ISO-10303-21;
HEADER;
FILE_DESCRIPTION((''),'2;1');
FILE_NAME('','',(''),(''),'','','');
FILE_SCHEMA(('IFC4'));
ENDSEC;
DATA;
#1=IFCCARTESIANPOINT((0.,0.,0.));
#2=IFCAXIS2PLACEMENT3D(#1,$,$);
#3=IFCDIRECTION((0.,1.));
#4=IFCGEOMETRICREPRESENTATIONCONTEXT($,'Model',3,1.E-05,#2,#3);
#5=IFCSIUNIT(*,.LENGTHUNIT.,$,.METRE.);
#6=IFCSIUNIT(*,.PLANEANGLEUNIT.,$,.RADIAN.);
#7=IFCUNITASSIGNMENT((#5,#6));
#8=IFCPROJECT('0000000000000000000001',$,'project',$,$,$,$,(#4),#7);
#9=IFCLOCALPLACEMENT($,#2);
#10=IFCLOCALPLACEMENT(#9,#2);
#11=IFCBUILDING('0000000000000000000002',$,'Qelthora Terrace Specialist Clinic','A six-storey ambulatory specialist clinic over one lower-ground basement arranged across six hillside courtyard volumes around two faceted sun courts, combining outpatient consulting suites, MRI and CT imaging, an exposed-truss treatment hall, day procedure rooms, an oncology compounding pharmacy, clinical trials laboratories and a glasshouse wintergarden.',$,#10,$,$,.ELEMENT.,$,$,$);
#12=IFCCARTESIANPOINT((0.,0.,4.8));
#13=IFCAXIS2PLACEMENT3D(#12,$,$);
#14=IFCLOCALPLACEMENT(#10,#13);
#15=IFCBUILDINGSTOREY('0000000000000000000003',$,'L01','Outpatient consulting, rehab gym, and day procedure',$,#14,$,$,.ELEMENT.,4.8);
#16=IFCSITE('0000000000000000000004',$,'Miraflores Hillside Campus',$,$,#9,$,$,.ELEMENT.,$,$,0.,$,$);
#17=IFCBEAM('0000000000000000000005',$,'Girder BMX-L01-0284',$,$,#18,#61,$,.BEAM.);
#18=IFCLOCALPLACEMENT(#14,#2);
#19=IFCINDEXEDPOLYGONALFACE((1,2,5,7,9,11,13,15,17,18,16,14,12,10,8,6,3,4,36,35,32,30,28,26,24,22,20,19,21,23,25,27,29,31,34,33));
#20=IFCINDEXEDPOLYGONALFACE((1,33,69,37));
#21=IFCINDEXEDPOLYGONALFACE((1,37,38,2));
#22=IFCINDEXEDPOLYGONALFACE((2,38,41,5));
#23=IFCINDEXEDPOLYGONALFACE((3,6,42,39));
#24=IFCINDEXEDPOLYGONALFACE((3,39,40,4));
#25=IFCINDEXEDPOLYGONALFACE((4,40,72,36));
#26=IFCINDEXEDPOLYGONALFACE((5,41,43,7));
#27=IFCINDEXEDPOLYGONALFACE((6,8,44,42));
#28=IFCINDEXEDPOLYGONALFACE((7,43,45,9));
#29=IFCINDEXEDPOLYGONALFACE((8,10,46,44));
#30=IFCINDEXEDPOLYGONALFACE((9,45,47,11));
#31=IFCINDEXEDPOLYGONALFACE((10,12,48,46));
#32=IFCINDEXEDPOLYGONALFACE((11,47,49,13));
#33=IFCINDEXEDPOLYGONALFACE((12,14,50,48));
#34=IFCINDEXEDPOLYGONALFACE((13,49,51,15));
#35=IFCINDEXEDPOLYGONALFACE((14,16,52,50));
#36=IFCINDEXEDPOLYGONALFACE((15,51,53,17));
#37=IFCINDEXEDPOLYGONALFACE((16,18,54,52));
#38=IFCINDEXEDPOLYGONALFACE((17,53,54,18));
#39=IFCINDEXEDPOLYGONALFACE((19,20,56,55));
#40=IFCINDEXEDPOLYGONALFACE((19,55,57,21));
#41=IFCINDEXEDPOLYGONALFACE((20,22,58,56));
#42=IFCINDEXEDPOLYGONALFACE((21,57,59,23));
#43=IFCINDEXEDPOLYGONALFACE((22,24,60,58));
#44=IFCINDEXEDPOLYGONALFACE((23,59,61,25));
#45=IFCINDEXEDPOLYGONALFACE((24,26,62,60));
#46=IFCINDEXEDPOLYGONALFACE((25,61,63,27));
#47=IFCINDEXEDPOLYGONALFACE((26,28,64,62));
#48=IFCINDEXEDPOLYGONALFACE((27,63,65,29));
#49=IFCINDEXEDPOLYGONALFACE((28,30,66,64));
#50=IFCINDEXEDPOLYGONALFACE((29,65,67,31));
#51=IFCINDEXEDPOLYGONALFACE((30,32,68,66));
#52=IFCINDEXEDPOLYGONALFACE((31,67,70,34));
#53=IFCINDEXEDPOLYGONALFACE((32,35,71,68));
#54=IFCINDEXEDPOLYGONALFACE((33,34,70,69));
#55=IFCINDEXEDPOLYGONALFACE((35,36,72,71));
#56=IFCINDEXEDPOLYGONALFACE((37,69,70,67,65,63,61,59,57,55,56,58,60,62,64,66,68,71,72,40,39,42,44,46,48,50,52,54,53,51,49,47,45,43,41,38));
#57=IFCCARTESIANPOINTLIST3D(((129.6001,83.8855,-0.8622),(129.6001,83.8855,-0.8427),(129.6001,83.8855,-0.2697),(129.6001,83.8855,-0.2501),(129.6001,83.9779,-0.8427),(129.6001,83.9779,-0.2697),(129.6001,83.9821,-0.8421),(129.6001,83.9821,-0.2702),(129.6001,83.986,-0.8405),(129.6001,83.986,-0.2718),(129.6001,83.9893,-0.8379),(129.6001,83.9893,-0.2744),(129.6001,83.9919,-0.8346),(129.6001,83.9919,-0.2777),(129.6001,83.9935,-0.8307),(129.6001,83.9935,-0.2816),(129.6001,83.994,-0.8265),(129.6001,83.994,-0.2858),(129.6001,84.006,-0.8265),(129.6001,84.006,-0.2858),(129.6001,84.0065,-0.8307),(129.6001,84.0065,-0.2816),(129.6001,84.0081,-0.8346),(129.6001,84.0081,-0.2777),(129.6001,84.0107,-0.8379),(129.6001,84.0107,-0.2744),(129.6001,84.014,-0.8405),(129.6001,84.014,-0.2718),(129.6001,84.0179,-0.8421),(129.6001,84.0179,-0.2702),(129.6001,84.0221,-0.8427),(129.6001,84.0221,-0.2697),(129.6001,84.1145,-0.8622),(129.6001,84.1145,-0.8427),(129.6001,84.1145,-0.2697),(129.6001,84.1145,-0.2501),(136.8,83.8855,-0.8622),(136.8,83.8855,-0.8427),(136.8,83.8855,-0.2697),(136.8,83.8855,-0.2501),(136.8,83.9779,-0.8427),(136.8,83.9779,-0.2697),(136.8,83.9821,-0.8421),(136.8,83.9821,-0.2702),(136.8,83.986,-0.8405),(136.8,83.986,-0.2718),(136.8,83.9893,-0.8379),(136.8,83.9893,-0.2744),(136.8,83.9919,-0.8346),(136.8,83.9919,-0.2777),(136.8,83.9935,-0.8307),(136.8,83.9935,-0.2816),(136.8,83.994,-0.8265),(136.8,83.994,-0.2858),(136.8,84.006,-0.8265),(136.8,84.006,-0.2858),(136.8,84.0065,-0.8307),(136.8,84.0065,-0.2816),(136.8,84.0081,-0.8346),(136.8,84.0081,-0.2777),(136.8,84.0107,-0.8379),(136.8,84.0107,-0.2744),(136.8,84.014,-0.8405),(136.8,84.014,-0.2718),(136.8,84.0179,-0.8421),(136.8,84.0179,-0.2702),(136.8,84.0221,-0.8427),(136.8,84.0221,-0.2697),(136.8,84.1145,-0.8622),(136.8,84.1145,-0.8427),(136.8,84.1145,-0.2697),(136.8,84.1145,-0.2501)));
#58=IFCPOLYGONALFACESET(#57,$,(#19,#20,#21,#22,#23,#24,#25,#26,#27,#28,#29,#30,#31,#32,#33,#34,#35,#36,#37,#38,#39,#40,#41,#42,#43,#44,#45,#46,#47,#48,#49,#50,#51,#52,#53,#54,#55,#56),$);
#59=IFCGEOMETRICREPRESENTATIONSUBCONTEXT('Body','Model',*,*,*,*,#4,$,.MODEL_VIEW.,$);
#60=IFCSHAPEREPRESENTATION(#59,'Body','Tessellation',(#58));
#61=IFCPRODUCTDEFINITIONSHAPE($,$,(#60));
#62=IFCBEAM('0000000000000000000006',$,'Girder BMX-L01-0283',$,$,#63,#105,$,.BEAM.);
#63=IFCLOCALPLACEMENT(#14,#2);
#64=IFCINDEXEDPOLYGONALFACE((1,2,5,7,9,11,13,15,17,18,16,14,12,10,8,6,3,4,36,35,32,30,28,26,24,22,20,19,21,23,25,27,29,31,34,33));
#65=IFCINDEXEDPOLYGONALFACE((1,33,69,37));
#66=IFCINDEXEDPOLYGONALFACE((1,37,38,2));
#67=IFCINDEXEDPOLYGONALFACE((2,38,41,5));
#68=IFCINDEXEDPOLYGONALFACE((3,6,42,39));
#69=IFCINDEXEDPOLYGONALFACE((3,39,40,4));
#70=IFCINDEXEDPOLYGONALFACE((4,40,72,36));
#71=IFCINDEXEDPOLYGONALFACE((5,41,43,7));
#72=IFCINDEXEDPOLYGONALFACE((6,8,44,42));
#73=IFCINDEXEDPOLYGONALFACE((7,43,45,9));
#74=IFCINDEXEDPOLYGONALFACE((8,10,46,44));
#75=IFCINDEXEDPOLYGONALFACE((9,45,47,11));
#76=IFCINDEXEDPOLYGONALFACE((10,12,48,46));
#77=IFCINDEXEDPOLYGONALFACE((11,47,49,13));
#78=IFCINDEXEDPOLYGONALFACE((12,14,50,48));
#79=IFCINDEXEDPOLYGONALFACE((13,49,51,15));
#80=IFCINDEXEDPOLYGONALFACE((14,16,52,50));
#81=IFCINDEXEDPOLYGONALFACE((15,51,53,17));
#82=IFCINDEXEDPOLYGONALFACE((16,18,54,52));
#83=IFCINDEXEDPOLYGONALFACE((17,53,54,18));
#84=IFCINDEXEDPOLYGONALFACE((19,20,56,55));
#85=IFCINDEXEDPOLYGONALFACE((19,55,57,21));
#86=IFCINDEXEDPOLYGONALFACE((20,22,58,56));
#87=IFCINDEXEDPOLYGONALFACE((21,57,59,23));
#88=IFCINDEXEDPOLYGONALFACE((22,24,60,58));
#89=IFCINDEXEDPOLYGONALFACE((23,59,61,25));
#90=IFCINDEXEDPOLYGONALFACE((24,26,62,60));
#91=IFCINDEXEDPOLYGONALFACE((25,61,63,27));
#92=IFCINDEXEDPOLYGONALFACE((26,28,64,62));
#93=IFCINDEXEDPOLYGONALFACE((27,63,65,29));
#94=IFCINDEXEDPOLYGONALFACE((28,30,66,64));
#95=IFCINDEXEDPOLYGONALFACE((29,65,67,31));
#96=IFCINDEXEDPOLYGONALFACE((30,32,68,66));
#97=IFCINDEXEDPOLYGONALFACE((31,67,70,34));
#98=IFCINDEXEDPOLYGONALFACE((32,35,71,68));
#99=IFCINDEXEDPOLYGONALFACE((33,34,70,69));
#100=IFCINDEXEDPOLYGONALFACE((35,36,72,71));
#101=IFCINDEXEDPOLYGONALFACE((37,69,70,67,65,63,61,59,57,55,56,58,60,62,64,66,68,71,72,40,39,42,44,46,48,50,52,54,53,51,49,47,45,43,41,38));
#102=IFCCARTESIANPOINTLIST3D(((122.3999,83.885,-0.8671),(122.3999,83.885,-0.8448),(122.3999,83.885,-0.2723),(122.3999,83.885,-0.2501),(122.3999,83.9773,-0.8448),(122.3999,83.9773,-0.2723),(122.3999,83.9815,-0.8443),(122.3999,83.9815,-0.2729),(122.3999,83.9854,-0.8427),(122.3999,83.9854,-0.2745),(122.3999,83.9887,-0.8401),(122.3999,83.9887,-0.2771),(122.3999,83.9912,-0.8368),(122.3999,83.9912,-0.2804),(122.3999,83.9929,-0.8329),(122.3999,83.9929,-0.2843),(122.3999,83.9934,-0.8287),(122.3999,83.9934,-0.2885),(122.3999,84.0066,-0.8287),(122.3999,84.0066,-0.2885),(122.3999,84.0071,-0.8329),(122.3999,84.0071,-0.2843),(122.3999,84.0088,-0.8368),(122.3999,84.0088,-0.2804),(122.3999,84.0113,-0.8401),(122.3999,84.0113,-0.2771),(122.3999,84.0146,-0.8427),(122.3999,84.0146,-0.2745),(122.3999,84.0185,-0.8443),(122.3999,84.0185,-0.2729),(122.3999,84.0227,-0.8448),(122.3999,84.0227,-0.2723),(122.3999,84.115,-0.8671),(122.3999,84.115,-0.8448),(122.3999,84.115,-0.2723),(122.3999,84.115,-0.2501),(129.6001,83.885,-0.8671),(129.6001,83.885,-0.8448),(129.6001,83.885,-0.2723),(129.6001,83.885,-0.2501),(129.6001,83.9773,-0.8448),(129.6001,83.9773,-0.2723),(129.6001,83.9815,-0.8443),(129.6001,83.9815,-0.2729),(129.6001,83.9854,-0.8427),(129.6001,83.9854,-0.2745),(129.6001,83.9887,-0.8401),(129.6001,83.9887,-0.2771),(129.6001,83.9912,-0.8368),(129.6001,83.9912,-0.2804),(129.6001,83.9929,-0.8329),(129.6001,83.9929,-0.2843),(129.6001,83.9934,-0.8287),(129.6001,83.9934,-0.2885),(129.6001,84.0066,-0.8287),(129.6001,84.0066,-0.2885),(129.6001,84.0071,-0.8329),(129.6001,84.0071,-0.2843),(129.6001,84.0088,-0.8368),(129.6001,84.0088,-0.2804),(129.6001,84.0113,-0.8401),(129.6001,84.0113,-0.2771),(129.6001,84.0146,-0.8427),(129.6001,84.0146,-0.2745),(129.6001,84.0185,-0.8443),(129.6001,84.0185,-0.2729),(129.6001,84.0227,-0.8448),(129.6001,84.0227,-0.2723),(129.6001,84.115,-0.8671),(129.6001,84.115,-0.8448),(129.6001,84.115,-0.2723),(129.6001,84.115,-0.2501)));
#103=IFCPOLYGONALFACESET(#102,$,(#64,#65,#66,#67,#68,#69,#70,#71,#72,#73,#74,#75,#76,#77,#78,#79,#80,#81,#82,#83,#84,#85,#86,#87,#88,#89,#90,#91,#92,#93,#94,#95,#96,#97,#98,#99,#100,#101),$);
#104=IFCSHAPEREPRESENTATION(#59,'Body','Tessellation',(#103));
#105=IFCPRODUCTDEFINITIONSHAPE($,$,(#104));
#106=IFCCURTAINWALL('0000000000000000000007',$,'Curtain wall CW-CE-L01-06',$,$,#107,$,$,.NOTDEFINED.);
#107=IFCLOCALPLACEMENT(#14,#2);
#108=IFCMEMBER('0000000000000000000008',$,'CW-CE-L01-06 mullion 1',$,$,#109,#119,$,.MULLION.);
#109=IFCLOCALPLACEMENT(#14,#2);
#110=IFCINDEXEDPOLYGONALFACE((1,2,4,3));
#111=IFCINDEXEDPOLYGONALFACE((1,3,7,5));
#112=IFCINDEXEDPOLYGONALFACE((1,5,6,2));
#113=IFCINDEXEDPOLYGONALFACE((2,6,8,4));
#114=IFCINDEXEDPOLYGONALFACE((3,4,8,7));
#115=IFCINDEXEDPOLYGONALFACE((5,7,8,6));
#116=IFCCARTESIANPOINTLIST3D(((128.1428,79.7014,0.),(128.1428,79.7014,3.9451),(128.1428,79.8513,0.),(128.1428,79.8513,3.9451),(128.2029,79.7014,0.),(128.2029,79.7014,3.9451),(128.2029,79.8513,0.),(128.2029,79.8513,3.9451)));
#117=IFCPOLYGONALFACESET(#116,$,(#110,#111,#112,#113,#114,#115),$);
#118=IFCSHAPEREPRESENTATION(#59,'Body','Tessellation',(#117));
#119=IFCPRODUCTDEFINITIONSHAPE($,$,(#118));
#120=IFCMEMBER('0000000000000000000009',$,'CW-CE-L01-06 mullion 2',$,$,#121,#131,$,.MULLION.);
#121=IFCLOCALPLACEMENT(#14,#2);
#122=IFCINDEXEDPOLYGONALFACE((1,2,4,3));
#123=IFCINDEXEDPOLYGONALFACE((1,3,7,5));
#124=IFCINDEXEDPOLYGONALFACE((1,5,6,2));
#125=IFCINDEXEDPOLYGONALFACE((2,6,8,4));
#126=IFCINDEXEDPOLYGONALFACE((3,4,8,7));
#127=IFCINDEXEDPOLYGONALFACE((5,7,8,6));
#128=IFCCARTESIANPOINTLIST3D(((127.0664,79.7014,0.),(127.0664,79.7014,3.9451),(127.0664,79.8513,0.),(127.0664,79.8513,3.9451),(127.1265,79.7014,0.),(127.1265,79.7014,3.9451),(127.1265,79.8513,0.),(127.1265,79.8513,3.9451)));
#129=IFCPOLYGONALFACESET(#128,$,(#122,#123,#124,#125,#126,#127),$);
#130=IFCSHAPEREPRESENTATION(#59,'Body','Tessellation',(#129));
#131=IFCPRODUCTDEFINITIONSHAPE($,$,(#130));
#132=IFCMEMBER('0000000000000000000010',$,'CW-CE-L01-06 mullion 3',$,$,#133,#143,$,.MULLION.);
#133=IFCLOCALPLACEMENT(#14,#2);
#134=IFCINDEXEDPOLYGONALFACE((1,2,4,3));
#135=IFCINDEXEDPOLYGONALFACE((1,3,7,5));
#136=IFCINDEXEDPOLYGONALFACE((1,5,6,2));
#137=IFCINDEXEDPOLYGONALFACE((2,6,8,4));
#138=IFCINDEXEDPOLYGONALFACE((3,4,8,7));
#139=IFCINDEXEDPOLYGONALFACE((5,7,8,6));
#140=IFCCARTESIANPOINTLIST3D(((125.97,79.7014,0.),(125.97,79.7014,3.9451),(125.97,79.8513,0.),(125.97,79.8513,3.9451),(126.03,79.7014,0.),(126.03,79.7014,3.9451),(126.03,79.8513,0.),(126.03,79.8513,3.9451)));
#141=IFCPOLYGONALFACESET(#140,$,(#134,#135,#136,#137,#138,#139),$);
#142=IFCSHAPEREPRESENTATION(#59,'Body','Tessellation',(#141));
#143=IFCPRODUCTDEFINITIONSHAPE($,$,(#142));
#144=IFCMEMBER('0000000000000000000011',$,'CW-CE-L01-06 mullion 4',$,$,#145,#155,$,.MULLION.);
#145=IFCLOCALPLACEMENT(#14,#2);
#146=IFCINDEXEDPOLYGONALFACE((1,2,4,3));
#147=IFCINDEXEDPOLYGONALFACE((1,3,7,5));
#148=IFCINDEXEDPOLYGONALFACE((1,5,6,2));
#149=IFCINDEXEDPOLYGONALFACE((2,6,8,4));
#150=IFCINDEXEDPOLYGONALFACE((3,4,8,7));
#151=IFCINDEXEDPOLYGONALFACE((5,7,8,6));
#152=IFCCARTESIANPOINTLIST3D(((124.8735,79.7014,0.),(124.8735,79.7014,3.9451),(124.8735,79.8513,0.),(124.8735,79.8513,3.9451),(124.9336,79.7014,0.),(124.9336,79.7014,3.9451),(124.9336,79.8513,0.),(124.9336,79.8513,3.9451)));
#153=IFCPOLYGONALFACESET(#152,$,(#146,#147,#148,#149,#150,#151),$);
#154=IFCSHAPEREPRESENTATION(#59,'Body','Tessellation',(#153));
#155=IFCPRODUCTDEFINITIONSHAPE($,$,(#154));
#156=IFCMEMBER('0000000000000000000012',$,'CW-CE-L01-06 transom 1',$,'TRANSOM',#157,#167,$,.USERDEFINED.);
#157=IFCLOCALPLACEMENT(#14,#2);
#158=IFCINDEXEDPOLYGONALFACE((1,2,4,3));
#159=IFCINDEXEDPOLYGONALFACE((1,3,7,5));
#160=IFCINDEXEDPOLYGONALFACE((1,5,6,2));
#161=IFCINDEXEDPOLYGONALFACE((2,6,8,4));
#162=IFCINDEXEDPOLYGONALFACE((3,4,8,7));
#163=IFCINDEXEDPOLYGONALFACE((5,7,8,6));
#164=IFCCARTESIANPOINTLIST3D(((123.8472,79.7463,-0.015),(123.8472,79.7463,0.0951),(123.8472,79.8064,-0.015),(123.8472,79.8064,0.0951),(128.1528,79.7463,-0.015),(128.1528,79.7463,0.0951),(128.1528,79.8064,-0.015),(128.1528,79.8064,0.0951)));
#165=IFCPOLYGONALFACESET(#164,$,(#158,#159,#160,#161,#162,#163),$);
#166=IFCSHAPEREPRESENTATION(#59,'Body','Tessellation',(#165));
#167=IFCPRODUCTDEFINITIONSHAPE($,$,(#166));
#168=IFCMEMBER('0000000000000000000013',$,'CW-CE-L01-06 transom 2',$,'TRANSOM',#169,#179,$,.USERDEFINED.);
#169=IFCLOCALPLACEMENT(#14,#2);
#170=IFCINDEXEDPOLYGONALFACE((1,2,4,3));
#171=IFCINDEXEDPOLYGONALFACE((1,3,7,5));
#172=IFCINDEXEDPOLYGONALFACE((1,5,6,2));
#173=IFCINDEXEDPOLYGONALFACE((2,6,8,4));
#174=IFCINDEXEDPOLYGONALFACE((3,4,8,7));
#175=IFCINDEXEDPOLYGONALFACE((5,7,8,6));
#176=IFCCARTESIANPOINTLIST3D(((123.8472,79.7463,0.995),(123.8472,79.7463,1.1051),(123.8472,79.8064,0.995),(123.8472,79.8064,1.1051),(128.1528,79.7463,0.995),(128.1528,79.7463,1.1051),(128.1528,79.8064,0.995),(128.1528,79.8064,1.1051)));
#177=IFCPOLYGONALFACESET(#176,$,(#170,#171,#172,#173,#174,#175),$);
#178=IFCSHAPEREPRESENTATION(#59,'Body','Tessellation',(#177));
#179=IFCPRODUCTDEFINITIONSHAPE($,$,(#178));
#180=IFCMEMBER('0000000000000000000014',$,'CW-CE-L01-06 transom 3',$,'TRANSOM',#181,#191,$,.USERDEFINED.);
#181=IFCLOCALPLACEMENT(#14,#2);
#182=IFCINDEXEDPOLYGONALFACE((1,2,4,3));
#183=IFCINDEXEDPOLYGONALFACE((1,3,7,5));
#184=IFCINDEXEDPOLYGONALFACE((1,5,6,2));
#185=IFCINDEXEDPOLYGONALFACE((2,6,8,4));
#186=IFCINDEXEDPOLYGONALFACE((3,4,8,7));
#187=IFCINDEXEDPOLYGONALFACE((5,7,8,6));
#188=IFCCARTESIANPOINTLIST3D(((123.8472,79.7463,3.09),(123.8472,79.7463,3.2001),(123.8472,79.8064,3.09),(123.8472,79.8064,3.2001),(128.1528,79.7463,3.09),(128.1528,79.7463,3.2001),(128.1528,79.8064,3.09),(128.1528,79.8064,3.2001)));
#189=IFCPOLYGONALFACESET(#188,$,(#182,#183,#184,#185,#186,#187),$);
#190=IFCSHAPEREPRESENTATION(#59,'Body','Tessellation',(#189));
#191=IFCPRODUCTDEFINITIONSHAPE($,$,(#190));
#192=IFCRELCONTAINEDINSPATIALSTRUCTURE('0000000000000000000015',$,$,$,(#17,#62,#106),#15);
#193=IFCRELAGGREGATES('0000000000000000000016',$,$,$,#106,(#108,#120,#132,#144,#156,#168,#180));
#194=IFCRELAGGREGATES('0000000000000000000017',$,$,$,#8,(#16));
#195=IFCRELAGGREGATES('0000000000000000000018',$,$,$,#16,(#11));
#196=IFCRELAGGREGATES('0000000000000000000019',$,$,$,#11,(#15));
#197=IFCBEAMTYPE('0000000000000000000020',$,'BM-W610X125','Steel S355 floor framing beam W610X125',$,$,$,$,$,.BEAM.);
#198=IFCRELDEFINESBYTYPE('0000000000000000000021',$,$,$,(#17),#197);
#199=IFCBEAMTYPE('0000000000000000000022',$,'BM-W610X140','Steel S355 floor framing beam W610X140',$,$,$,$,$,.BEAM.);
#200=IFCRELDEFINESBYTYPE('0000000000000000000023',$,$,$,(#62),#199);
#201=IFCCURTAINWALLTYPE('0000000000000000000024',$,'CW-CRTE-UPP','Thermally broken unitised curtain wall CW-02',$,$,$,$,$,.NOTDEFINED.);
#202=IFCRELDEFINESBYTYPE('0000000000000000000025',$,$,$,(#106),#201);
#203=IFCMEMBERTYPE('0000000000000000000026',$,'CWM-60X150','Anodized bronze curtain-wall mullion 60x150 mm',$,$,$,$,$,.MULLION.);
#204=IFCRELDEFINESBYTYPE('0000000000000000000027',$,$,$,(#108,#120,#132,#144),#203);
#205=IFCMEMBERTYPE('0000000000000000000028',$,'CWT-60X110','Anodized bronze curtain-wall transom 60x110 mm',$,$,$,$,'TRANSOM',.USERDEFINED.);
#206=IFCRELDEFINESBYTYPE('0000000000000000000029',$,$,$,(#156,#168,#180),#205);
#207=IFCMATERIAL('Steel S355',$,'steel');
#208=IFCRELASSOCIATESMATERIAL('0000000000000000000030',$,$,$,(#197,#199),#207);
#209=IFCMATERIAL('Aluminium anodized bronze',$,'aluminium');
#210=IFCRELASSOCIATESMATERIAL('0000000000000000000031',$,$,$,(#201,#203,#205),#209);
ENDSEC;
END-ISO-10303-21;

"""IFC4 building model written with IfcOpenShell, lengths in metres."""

from ifc_helpers import new_model, si_unit, direction, frame, origin, origin_2d, place, context, subcontext, project, spatial, rectangle, i_section, extrude, material, material_profile, profile_set, type_object, element, aggregate, save


model = new_model("IFC4")

# Units and contexts
model_context = context("Model", 3, precision=1e-05, world=origin(), true_north=direction((0.0, 1.0)))
body_context = subcontext(model_context, "Body", "Model", "MODEL_VIEW")
ifc_project = project(units=[si_unit("LENGTHUNIT", "METRE"), si_unit("PLANEANGLEUNIT", "RADIAN")], contexts=[model_context])

# Site, building, storey
site_placement = place(None, origin())
site = spatial("IfcSite", under=ifc_project, at=site_placement, Name="Miraflores Hillside Campus", CompositionType="ELEMENT", RefElevation=0.0)
building_placement = place(site_placement, origin())
building = spatial("IfcBuilding", under=site, at=building_placement, Name="Qelthora Terrace Specialist Clinic", Description="A six-storey ambulatory specialist clinic over one lower-ground basement arranged across six hillside courtyard volumes around two faceted sun courts, combining outpatient consulting suites, MRI and CT imaging, an exposed-truss treatment hall, day procedure rooms, an oncology compounding pharmacy, clinical trials laboratories and a glasshouse wintergarden.", CompositionType="ELEMENT")
storey_placement = place(building_placement, frame((0.0, 0.0, 4.8)))
storey = spatial("IfcBuildingStorey", under=building, at=storey_placement, Name="L01", Description="Outpatient consulting, rehab gym, and day procedure", CompositionType="ELEMENT", Elevation=4.8)

# Shared definitions
ifc_material_1 = material(Name="Steel S355", Category="steel")

# Beams
ifc_material_profile_1 = material_profile(ifc_material_1, i_section(OverallWidth=0.229, OverallDepth=0.6121, WebThickness=0.012, FlangeThickness=0.0195, FilletRadius=0.0161, at=origin_2d()), Name="W610X125")
ifc_profile_set_1 = profile_set([ifc_material_profile_1], Name="Steel S355")
beam_type_1 = type_object("IfcBeamType", Name="BM-W610X125", Description="Steel S355 floor framing beam W610X125", PredefinedType="BEAM", material=ifc_profile_set_1)
beam_1_placement = place(storey_placement, frame((129.6001, 84.0, -0.5562), z_axis=(1.0, 0.0, 0.0), x_axis=(0.0, 1.0, 0.0)))
element("IfcBeam", 1, at=beam_1_placement, inside=storey, type_object=beam_type_1, Name="Girder BMX-L01-0284", PredefinedType="BEAM", context=body_context, shape_type="SweptSolid", body=[
    extrude(i_section(OverallWidth=0.229, OverallDepth=0.6121, WebThickness=0.012, FlangeThickness=0.0195, FilletRadius=0.0161, at=origin_2d()), origin(), (0.0, 0.0, 1.0), 7.2),
])
ifc_material_profile_2 = material_profile(ifc_material_1, i_section(OverallWidth=0.23, OverallDepth=0.6169, WebThickness=0.0132, FlangeThickness=0.0222, FilletRadius=0.0161, at=origin_2d()), Name="W610X140")
ifc_profile_set_2 = profile_set([ifc_material_profile_2], Name="Steel S355")
beam_type_2 = type_object("IfcBeamType", Name="BM-W610X140", Description="Steel S355 floor framing beam W610X140", PredefinedType="BEAM", material=ifc_profile_set_2)
beam_2_placement = place(storey_placement, frame((122.3999, 84.0, -0.5586), z_axis=(1.0, 0.0, 0.0), x_axis=(0.0, 1.0, 0.0)))
element("IfcBeam", 2, at=beam_2_placement, inside=storey, type_object=beam_type_2, Name="Girder BMX-L01-0283", PredefinedType="BEAM", context=body_context, shape_type="SweptSolid", body=[
    extrude(i_section(OverallWidth=0.23, OverallDepth=0.6169, WebThickness=0.0132, FlangeThickness=0.0222, FilletRadius=0.0161, at=origin_2d()), origin(), (0.0, 0.0, 1.0), 7.2002),
])

# Curtain wall, members
ifc_material_2 = material(Name="Aluminium anodized bronze", Category="aluminium")
curtain_wall_type = type_object("IfcCurtainWallType", Name="CW-CRTE-UPP", Description="Thermally broken unitised curtain wall CW-02", PredefinedType="NOTDEFINED", material=ifc_material_2)
curtain_wall_placement = place(storey_placement, origin())
curtain_wall = element("IfcCurtainWall", 3, at=curtain_wall_placement, inside=storey, type_object=curtain_wall_type, Name="Curtain wall CW-CE-L01-06", PredefinedType="NOTDEFINED")
ifc_material_profile_3 = material_profile(ifc_material_2, rectangle(XDim=0.0601, YDim=0.1499, at=origin_2d()), Name="CWM60X150")
ifc_profile_set_3 = profile_set([ifc_material_profile_3], Name="Aluminium anodized bronze")
member_type_1 = type_object("IfcMemberType", Name="CWM-60X150", Description="Anodized bronze curtain-wall mullion 60x150 mm", PredefinedType="MULLION", material=ifc_profile_set_3)
member_1_placement = place(storey_placement, frame((128.1729, 79.7764, 0.0), z_axis=(0.0, 0.0, 1.0), x_axis=(-1.0, 0.0, 0.0)))
member_1 = element("IfcMember", 4, at=member_1_placement, type_object=member_type_1, Name="CW-CE-L01-06 mullion 1", PredefinedType="MULLION", context=body_context, shape_type="SweptSolid", body=[
    extrude(rectangle(XDim=0.0601, YDim=0.1499, at=origin_2d()), origin(), (0.0, 0.0, 1.0), 3.9451),
])
member_2_placement = place(storey_placement, frame((127.0964, 79.7764, 0.0), z_axis=(0.0, 0.0, 1.0), x_axis=(-1.0, 0.0, 0.0)))
member_2 = element("IfcMember", 5, at=member_2_placement, type_object=member_type_1, Name="CW-CE-L01-06 mullion 2", PredefinedType="MULLION", context=body_context, shape_type="SweptSolid", body=[
    extrude(rectangle(XDim=0.0601, YDim=0.1499, at=origin_2d()), origin(), (0.0, 0.0, 1.0), 3.9451),
])
member_3_placement = place(storey_placement, frame((126.0, 79.7764, 0.0), z_axis=(0.0, 0.0, 1.0), x_axis=(-1.0, 0.0, 0.0)))
member_3 = element("IfcMember", 6, at=member_3_placement, type_object=member_type_1, Name="CW-CE-L01-06 mullion 3", PredefinedType="MULLION", context=body_context, shape_type="SweptSolid", body=[
    extrude(rectangle(XDim=0.0601, YDim=0.1499, at=origin_2d()), origin(), (0.0, 0.0, 1.0), 3.9451),
])
member_4_placement = place(storey_placement, frame((124.9036, 79.7764, 0.0), z_axis=(0.0, 0.0, 1.0), x_axis=(-1.0, 0.0, 0.0)))
member_4 = element("IfcMember", 7, at=member_4_placement, type_object=member_type_1, Name="CW-CE-L01-06 mullion 4", PredefinedType="MULLION", context=body_context, shape_type="SweptSolid", body=[
    extrude(rectangle(XDim=0.0601, YDim=0.1499, at=origin_2d()), origin(), (0.0, 0.0, 1.0), 3.9451),
])
ifc_material_profile_4 = material_profile(ifc_material_2, rectangle(XDim=0.0601, YDim=0.1101, at=origin_2d()), Name="CWT60X110")
ifc_profile_set_4 = profile_set([ifc_material_profile_4], Name="Aluminium anodized bronze")
member_type_2 = type_object("IfcMemberType", Name="CWT-60X110", Description="Anodized bronze curtain-wall transom 60x110 mm", ElementType="TRANSOM", PredefinedType="USERDEFINED", material=ifc_profile_set_4)
member_5_placement = place(storey_placement, frame((128.1528, 79.7764, 0.04), z_axis=(-1.0, 0.0, 0.0), x_axis=(0.0, -1.0, 0.0)))
member_5 = element("IfcMember", 8, at=member_5_placement, type_object=member_type_2, Name="CW-CE-L01-06 transom 1", ObjectType="TRANSOM", PredefinedType="USERDEFINED", context=body_context, shape_type="SweptSolid", body=[
    extrude(rectangle(XDim=0.0601, YDim=0.1101, at=origin_2d()), origin(), (0.0, 0.0, 1.0), 4.3057),
])
member_6_placement = place(storey_placement, frame((128.1528, 79.7764, 1.05), z_axis=(-1.0, 0.0, 0.0), x_axis=(0.0, -1.0, 0.0)))
member_6 = element("IfcMember", 9, at=member_6_placement, type_object=member_type_2, Name="CW-CE-L01-06 transom 2", ObjectType="TRANSOM", PredefinedType="USERDEFINED", context=body_context, shape_type="SweptSolid", body=[
    extrude(rectangle(XDim=0.0601, YDim=0.1101, at=origin_2d()), origin(), (0.0, 0.0, 1.0), 4.3057),
])
member_7_placement = place(storey_placement, frame((128.1528, 79.7764, 3.145), z_axis=(-1.0, 0.0, 0.0), x_axis=(0.0, -1.0, 0.0)))
member_7 = element("IfcMember", 10, at=member_7_placement, type_object=member_type_2, Name="CW-CE-L01-06 transom 3", ObjectType="TRANSOM", PredefinedType="USERDEFINED", context=body_context, shape_type="SweptSolid", body=[
    extrude(rectangle(XDim=0.0601, YDim=0.1101, at=origin_2d()), origin(), (0.0, 0.0, 1.0), 4.3057),
])

aggregate(curtain_wall, [member_1, member_2, member_3, member_4, member_5, member_6, member_7])

save(model, "model.ifc")
